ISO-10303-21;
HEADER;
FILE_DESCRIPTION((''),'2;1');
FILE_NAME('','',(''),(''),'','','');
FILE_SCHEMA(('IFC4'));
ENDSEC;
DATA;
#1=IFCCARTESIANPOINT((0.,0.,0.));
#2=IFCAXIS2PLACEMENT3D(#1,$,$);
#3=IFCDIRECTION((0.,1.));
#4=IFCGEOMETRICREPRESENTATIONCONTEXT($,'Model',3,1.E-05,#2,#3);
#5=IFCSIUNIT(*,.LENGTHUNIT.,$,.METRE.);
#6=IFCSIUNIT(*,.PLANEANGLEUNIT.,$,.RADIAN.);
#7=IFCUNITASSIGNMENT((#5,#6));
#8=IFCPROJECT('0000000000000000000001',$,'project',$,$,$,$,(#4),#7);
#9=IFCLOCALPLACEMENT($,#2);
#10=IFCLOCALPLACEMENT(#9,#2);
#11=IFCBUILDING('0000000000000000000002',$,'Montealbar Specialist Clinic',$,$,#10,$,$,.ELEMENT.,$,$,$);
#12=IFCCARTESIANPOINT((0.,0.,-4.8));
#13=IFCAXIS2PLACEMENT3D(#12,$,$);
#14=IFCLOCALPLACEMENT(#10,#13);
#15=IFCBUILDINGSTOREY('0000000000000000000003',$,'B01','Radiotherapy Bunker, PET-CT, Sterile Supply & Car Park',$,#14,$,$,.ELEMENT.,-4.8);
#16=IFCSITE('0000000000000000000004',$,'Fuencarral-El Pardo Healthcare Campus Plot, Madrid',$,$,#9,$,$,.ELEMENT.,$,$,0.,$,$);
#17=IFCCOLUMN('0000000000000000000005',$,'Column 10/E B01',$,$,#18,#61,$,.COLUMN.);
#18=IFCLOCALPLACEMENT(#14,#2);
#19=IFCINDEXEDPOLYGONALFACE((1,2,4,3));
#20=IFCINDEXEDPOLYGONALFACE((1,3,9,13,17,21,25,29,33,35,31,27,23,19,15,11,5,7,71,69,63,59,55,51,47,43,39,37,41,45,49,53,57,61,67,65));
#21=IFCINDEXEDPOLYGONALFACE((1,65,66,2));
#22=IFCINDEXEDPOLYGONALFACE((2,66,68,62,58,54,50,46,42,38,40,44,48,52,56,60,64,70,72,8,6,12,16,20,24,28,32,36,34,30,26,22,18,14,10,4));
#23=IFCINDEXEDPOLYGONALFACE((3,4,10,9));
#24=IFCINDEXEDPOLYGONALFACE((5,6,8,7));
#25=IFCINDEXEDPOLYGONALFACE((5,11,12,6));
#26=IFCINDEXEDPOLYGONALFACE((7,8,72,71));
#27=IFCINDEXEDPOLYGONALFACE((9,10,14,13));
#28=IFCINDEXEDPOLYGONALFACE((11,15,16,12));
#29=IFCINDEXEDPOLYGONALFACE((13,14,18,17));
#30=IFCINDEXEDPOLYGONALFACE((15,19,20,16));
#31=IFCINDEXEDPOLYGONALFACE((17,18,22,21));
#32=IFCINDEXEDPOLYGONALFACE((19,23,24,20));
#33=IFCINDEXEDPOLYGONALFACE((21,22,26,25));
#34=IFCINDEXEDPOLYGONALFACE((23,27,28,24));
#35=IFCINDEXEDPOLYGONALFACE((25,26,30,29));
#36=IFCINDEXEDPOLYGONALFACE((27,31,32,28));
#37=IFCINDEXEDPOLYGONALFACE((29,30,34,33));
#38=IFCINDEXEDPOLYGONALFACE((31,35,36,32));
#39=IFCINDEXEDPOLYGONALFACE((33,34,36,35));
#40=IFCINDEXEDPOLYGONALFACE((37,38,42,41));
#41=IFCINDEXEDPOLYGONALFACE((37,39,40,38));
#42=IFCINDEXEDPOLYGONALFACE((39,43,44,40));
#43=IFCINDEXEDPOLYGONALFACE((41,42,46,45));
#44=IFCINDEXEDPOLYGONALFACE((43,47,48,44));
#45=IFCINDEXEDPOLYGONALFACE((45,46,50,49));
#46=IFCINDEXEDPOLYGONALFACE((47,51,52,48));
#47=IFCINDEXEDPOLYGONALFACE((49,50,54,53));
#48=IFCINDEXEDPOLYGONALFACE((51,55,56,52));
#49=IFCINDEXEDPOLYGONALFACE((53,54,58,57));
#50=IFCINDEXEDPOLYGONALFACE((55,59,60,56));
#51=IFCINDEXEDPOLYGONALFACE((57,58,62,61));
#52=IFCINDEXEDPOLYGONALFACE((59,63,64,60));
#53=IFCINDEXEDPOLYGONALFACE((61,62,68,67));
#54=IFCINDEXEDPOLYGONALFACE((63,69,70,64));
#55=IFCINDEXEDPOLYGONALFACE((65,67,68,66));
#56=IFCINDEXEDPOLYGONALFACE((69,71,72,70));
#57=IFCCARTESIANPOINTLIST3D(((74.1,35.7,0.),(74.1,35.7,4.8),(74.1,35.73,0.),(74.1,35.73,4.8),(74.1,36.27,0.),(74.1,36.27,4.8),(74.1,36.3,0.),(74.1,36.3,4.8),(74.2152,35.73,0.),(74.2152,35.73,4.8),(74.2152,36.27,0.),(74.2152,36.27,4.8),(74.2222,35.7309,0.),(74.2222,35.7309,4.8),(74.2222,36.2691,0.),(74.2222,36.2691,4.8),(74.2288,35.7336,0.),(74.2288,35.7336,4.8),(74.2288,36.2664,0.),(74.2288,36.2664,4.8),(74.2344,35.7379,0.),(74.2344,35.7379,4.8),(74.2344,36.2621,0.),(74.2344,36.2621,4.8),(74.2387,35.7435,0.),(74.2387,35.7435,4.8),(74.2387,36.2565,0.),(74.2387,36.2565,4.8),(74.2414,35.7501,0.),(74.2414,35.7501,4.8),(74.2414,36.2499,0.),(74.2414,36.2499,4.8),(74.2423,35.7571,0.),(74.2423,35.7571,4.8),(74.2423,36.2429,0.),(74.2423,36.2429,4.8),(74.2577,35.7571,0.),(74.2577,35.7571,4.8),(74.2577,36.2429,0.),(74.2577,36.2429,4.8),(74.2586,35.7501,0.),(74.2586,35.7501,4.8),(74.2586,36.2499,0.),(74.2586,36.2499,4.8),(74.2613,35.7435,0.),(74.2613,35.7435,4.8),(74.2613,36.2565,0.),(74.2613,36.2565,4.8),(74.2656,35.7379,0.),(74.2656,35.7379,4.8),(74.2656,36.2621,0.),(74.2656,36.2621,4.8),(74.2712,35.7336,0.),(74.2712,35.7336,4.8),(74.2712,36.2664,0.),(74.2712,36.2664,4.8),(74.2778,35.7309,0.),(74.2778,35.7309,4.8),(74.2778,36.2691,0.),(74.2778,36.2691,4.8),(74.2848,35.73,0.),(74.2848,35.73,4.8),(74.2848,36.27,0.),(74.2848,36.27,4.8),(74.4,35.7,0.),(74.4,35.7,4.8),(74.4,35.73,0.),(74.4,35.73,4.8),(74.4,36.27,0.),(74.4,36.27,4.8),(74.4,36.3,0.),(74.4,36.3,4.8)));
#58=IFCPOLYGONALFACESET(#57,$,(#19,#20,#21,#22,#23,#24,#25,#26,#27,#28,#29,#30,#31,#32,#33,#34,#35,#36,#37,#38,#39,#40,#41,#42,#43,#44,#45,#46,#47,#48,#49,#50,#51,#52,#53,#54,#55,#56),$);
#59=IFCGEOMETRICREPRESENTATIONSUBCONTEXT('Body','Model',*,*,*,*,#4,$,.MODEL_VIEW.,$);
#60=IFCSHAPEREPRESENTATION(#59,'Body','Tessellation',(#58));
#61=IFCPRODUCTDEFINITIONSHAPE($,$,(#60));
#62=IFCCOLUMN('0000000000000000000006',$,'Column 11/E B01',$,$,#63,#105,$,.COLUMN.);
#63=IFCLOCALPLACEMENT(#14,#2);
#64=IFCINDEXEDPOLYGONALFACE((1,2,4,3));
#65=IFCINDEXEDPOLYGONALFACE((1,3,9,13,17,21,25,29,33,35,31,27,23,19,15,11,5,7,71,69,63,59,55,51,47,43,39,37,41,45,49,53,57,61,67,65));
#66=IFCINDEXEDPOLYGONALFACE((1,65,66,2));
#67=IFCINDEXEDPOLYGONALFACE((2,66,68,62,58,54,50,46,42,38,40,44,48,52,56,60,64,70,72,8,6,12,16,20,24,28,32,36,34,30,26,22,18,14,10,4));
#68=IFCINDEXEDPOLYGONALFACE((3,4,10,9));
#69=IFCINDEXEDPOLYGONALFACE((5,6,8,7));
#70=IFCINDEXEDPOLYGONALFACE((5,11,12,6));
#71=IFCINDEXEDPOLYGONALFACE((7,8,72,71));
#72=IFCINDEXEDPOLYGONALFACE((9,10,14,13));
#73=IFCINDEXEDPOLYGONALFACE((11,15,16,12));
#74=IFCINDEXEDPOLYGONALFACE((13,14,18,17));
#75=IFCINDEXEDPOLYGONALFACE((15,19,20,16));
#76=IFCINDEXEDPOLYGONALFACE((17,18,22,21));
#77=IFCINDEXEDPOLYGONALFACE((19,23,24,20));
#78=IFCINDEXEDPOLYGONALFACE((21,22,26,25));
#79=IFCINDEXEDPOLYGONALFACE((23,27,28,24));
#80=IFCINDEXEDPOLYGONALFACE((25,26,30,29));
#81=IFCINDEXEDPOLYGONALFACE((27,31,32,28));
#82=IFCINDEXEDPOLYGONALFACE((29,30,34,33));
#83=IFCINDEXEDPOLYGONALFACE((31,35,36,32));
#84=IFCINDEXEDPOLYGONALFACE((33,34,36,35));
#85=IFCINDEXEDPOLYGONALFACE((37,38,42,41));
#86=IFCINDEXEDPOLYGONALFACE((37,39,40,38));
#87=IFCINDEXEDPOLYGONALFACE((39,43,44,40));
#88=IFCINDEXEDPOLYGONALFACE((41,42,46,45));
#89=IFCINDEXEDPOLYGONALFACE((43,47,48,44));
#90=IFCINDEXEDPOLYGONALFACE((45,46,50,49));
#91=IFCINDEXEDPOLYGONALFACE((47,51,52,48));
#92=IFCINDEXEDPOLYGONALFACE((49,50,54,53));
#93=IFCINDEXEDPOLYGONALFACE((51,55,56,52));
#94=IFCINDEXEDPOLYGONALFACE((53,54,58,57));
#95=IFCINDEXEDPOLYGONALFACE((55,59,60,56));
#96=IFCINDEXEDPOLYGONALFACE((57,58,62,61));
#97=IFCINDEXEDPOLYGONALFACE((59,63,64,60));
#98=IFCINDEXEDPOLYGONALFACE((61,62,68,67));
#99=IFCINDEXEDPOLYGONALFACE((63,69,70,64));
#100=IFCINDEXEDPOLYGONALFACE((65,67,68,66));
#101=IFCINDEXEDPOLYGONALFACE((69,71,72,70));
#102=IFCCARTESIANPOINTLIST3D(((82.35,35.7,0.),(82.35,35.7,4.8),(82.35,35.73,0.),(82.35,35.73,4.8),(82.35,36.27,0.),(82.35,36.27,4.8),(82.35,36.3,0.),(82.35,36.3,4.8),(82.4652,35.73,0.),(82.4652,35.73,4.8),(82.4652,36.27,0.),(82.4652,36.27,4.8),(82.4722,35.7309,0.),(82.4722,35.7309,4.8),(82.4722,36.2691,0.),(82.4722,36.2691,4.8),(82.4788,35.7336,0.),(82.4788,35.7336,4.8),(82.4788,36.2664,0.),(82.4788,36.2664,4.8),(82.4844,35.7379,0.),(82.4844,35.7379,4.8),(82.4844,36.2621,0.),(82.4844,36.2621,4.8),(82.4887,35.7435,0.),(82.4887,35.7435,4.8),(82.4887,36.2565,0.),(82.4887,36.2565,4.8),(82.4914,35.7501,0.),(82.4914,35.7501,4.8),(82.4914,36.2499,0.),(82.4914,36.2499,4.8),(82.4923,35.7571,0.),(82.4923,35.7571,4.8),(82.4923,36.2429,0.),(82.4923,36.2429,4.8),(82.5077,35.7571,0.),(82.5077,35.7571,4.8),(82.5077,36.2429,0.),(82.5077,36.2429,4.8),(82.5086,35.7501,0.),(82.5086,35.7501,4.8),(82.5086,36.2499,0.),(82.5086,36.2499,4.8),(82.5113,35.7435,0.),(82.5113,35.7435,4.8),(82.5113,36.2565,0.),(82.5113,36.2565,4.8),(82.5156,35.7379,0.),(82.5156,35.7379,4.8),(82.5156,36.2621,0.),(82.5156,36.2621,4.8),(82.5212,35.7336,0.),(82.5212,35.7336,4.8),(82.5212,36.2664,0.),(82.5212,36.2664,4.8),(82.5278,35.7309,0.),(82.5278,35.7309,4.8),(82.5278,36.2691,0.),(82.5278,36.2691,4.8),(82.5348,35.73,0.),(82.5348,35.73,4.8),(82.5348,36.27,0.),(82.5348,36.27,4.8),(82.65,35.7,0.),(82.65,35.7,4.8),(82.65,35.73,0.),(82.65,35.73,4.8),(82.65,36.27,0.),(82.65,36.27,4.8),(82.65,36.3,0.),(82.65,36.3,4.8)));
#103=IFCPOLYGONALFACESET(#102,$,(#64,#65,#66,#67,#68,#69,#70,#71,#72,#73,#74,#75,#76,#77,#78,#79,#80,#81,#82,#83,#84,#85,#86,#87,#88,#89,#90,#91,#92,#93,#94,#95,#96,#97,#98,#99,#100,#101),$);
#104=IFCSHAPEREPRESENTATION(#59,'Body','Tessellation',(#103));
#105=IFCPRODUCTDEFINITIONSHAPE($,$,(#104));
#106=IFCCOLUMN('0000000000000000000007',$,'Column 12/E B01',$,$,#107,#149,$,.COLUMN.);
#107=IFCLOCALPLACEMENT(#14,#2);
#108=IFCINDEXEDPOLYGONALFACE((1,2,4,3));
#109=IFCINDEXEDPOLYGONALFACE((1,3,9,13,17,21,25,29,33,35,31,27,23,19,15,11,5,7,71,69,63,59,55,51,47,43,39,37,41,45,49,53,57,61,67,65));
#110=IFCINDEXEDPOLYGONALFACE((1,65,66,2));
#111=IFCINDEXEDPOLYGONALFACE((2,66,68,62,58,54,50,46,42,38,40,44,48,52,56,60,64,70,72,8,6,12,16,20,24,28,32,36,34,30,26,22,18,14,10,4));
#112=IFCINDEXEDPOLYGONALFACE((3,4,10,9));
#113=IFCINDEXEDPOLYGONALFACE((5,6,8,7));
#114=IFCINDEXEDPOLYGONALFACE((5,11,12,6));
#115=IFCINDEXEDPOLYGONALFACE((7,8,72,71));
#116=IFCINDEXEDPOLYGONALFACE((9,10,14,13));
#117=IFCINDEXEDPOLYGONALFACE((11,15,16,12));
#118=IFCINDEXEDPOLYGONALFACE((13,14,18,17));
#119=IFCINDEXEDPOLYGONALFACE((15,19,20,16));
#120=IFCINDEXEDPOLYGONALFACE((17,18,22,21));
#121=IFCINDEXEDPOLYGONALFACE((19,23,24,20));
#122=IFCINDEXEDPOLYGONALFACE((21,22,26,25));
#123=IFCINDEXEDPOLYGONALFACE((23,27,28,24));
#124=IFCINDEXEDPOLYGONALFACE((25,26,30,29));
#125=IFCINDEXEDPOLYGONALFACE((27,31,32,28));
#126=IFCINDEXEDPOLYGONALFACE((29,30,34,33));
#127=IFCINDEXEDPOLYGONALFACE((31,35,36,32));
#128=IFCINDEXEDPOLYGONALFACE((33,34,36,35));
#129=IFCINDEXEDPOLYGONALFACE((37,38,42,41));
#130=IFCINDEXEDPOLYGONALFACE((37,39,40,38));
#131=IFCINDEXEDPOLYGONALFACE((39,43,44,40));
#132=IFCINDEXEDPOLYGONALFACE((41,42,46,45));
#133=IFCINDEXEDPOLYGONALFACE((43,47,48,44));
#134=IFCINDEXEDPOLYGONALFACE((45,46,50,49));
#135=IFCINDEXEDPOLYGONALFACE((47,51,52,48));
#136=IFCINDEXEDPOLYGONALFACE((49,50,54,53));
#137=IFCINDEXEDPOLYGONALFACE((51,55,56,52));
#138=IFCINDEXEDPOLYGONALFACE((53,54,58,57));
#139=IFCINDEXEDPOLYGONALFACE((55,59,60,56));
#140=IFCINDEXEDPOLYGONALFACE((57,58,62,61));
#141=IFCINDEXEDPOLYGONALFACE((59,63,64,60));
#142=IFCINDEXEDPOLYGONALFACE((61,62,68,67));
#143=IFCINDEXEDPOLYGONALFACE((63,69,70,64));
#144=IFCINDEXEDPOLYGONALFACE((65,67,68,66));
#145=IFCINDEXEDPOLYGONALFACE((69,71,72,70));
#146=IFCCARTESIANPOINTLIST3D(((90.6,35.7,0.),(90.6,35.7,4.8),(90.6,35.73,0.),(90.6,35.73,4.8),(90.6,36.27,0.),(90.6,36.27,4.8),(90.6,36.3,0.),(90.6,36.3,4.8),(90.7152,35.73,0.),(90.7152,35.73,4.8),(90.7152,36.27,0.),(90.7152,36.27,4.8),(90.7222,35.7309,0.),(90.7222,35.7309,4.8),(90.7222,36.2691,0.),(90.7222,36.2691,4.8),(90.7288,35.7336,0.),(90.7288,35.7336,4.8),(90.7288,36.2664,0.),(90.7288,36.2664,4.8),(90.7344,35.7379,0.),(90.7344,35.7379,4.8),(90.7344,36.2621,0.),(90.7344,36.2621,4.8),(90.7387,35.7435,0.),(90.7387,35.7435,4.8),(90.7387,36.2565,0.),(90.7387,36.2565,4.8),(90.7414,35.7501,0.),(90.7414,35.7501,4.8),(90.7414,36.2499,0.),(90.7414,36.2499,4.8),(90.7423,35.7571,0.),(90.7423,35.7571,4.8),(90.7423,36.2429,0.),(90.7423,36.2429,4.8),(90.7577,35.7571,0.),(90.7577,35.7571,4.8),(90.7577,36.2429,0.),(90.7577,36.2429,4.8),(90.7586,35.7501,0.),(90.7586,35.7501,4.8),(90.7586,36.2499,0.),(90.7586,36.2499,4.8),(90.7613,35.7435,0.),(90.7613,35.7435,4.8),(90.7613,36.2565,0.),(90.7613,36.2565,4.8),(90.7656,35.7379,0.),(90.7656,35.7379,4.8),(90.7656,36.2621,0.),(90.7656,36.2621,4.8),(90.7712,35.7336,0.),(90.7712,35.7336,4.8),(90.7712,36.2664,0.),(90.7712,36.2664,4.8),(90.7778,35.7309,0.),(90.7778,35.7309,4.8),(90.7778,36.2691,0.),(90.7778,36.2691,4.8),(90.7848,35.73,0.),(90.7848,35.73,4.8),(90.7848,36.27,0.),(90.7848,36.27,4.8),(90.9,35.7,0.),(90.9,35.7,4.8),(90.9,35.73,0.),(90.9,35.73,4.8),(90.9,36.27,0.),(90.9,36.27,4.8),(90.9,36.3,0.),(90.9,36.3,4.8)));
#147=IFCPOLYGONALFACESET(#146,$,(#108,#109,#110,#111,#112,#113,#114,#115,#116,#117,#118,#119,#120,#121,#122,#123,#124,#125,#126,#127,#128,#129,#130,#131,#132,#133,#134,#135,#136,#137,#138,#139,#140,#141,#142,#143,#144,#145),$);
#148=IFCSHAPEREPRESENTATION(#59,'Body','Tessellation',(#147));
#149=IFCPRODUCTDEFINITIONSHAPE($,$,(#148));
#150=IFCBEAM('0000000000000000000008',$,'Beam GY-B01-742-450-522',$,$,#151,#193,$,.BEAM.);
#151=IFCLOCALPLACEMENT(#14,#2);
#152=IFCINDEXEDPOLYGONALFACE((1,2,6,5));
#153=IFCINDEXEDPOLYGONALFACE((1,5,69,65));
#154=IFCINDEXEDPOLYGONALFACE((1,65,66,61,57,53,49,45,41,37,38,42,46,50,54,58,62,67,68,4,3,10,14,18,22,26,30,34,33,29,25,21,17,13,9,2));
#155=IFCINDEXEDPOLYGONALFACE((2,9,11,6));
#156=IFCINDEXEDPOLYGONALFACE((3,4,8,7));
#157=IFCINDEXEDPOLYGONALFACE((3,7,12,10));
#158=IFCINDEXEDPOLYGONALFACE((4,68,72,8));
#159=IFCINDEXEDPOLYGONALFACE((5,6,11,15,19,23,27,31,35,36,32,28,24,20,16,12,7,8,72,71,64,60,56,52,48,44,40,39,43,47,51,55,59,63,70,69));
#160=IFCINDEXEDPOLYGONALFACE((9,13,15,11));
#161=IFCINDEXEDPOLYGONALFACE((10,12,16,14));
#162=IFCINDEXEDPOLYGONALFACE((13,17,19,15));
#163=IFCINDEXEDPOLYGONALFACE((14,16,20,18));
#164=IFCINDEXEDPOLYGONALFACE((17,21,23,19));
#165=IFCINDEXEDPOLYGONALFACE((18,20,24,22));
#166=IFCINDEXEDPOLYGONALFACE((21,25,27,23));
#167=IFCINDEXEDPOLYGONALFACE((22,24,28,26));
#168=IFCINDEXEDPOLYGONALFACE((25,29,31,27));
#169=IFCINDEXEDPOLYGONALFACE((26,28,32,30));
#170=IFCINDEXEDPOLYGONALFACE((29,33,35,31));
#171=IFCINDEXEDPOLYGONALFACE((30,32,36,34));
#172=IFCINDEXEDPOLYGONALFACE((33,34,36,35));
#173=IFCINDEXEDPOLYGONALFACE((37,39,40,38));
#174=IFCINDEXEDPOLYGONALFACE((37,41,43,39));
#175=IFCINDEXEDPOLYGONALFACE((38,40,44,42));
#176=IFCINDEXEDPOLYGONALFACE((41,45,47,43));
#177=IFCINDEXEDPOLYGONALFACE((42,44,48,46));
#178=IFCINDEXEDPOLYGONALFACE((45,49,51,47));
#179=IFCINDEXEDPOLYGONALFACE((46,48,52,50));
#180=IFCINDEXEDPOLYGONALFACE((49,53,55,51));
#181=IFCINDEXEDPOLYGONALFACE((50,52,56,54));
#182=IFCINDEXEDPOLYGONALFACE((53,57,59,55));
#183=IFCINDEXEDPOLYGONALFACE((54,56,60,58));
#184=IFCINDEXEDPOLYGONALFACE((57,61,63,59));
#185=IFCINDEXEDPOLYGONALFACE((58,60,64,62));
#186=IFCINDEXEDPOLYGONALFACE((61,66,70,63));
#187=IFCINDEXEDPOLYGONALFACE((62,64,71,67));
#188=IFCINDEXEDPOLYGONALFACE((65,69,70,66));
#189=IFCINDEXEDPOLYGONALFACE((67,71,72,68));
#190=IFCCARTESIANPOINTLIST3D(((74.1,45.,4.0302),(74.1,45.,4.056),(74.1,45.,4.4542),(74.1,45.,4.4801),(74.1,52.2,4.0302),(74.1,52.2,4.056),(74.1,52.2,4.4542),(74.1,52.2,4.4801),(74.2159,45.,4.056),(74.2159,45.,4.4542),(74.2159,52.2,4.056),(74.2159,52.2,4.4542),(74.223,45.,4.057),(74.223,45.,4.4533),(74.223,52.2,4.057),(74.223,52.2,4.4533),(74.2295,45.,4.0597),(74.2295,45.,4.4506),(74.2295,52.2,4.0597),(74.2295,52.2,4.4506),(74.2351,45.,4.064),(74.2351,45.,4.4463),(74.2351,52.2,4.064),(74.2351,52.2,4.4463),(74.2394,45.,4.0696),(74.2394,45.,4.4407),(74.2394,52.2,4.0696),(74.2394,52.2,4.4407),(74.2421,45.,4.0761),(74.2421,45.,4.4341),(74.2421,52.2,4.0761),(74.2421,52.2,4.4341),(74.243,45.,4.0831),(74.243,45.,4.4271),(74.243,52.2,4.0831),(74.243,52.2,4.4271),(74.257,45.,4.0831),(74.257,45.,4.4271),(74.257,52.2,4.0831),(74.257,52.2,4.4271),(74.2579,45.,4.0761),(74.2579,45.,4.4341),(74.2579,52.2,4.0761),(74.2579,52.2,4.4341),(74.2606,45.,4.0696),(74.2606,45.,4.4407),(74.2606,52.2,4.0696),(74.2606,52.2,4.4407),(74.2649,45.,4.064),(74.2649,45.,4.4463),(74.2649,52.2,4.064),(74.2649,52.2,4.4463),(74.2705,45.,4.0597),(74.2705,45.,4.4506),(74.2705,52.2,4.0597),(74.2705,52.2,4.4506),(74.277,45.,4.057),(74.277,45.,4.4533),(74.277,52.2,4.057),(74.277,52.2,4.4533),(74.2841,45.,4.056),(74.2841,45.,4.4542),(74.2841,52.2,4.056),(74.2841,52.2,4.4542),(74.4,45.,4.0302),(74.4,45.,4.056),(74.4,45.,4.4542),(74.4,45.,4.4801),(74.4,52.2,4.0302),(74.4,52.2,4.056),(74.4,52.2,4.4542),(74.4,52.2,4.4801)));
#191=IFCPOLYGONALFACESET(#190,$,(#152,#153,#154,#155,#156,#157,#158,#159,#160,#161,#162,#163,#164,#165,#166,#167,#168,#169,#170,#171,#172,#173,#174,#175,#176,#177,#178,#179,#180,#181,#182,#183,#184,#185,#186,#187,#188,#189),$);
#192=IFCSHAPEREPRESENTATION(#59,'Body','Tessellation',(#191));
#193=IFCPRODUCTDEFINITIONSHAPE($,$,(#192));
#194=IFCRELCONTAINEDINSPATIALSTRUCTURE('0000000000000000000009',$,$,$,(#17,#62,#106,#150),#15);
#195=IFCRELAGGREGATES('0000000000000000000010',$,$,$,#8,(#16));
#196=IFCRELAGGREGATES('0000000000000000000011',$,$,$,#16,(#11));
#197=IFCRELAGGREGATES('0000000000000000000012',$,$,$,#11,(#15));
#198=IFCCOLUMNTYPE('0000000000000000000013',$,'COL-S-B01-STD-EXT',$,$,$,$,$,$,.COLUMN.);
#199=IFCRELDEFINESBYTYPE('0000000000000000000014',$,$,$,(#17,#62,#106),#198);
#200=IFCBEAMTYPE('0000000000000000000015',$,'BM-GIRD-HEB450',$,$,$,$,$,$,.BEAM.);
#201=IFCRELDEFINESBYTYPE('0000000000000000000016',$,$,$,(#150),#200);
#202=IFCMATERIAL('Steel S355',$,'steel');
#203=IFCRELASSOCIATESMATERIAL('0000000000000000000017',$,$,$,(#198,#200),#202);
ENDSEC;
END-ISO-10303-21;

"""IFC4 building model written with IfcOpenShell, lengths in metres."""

from ifc_helpers import new_model, si_unit, direction, frame, origin, origin_2d, place, context, subcontext, project, spatial, i_section, extrude, material, material_profile, profile_set, type_object, element, save


model = new_model("IFC4")

# Units and contexts
model_context = context("Model", 3, precision=1e-05, world=origin(), true_north=direction((0.0, 1.0)))
body_context = subcontext(model_context, "Body", "Model", "MODEL_VIEW")
ifc_project = project(units=[si_unit("LENGTHUNIT", "METRE"), si_unit("PLANEANGLEUNIT", "RADIAN")], contexts=[model_context])

# Site, building, storey
site_placement = place(None, origin())
site = spatial("IfcSite", under=ifc_project, at=site_placement, Name="Fuencarral-El Pardo Healthcare Campus Plot, Madrid", CompositionType="ELEMENT", RefElevation=0.0)
building_placement = place(site_placement, origin())
building = spatial("IfcBuilding", under=site, at=building_placement, Name="Montealbar Specialist Clinic", CompositionType="ELEMENT")
storey_placement = place(building_placement, frame((0.0, 0.0, -4.8)))
storey = spatial("IfcBuildingStorey", under=building, at=storey_placement, Name="B01", Description="Radiotherapy Bunker, PET-CT, Sterile Supply & Car Park", CompositionType="ELEMENT", Elevation=-4.8)

# Columns
ifc_material_1 = material(Name="Steel S355", Category="steel")
ifc_material_profile_1 = material_profile(ifc_material_1, i_section(OverallWidth=0.3, OverallDepth=0.6001, WebThickness=0.0154, FlangeThickness=0.03, FilletRadius=0.0271, at=origin_2d()), Name="HEB 600", Category="steel")
ifc_profile_set_1 = profile_set([ifc_material_profile_1], Name="Steel S355")
column_type_1 = type_object("IfcColumnType", Name="COL-S-B01-STD-EXT", PredefinedType="COLUMN", material=ifc_profile_set_1)
for number, where, z_axis, x_axis, name in (
    (1, (74.25, 36.0, 0.0), (0.0, 0.0, 1.0), (1.0, 0.0, 0.0), "Column 10/E B01"),
    (2, (82.5, 36.0, 0.0), (0.0, 0.0, 1.0), (1.0, 0.0, 0.0), "Column 11/E B01"),
    (3, (90.75, 36.0, 0.0), (0.0, 0.0, 1.0), (1.0, 0.0, 0.0), "Column 12/E B01"),
):
    element("IfcColumn", number, at=place(storey_placement, frame(where, z_axis=z_axis, x_axis=x_axis)), inside=storey, type_object=column_type_1, Name=name, PredefinedType="COLUMN", context=body_context, shape_type="SweptSolid", body=[
        extrude(i_section(OverallWidth=0.3, OverallDepth=0.6001, WebThickness=0.0154, FlangeThickness=0.03, FilletRadius=0.0271, at=origin_2d()), origin(), (0.0, 0.0, 1.0), 4.8),
    ])

# Beam
ifc_material_profile_2 = material_profile(ifc_material_1, i_section(OverallWidth=0.3, OverallDepth=0.45, WebThickness=0.0139, FlangeThickness=0.0259, FilletRadius=0.0271, at=origin_2d()), Name="HEB 450", Category="steel")
ifc_profile_set_2 = profile_set([ifc_material_profile_2], Name="Steel S355")
beam_type_1 = type_object("IfcBeamType", Name="BM-GIRD-HEB450", PredefinedType="BEAM", material=ifc_profile_set_2)
for number, where, z_axis, x_axis, name in (
    (4, (74.25, 45.0, 4.2551), (0.0, 1.0, 0.0), (-1.0, 0.0, 0.0), "Beam GY-B01-742-450-522"),
):
    element("IfcBeam", number, at=place(storey_placement, frame(where, z_axis=z_axis, x_axis=x_axis)), inside=storey, type_object=beam_type_1, Name=name, PredefinedType="BEAM", context=body_context, shape_type="SweptSolid", body=[
        extrude(i_section(OverallWidth=0.3, OverallDepth=0.45, WebThickness=0.0139, FlangeThickness=0.0259, FilletRadius=0.0271, at=origin_2d()), origin(), (0.0, 0.0, 1.0), 7.2),
    ])

save(model, "model.ifc")
